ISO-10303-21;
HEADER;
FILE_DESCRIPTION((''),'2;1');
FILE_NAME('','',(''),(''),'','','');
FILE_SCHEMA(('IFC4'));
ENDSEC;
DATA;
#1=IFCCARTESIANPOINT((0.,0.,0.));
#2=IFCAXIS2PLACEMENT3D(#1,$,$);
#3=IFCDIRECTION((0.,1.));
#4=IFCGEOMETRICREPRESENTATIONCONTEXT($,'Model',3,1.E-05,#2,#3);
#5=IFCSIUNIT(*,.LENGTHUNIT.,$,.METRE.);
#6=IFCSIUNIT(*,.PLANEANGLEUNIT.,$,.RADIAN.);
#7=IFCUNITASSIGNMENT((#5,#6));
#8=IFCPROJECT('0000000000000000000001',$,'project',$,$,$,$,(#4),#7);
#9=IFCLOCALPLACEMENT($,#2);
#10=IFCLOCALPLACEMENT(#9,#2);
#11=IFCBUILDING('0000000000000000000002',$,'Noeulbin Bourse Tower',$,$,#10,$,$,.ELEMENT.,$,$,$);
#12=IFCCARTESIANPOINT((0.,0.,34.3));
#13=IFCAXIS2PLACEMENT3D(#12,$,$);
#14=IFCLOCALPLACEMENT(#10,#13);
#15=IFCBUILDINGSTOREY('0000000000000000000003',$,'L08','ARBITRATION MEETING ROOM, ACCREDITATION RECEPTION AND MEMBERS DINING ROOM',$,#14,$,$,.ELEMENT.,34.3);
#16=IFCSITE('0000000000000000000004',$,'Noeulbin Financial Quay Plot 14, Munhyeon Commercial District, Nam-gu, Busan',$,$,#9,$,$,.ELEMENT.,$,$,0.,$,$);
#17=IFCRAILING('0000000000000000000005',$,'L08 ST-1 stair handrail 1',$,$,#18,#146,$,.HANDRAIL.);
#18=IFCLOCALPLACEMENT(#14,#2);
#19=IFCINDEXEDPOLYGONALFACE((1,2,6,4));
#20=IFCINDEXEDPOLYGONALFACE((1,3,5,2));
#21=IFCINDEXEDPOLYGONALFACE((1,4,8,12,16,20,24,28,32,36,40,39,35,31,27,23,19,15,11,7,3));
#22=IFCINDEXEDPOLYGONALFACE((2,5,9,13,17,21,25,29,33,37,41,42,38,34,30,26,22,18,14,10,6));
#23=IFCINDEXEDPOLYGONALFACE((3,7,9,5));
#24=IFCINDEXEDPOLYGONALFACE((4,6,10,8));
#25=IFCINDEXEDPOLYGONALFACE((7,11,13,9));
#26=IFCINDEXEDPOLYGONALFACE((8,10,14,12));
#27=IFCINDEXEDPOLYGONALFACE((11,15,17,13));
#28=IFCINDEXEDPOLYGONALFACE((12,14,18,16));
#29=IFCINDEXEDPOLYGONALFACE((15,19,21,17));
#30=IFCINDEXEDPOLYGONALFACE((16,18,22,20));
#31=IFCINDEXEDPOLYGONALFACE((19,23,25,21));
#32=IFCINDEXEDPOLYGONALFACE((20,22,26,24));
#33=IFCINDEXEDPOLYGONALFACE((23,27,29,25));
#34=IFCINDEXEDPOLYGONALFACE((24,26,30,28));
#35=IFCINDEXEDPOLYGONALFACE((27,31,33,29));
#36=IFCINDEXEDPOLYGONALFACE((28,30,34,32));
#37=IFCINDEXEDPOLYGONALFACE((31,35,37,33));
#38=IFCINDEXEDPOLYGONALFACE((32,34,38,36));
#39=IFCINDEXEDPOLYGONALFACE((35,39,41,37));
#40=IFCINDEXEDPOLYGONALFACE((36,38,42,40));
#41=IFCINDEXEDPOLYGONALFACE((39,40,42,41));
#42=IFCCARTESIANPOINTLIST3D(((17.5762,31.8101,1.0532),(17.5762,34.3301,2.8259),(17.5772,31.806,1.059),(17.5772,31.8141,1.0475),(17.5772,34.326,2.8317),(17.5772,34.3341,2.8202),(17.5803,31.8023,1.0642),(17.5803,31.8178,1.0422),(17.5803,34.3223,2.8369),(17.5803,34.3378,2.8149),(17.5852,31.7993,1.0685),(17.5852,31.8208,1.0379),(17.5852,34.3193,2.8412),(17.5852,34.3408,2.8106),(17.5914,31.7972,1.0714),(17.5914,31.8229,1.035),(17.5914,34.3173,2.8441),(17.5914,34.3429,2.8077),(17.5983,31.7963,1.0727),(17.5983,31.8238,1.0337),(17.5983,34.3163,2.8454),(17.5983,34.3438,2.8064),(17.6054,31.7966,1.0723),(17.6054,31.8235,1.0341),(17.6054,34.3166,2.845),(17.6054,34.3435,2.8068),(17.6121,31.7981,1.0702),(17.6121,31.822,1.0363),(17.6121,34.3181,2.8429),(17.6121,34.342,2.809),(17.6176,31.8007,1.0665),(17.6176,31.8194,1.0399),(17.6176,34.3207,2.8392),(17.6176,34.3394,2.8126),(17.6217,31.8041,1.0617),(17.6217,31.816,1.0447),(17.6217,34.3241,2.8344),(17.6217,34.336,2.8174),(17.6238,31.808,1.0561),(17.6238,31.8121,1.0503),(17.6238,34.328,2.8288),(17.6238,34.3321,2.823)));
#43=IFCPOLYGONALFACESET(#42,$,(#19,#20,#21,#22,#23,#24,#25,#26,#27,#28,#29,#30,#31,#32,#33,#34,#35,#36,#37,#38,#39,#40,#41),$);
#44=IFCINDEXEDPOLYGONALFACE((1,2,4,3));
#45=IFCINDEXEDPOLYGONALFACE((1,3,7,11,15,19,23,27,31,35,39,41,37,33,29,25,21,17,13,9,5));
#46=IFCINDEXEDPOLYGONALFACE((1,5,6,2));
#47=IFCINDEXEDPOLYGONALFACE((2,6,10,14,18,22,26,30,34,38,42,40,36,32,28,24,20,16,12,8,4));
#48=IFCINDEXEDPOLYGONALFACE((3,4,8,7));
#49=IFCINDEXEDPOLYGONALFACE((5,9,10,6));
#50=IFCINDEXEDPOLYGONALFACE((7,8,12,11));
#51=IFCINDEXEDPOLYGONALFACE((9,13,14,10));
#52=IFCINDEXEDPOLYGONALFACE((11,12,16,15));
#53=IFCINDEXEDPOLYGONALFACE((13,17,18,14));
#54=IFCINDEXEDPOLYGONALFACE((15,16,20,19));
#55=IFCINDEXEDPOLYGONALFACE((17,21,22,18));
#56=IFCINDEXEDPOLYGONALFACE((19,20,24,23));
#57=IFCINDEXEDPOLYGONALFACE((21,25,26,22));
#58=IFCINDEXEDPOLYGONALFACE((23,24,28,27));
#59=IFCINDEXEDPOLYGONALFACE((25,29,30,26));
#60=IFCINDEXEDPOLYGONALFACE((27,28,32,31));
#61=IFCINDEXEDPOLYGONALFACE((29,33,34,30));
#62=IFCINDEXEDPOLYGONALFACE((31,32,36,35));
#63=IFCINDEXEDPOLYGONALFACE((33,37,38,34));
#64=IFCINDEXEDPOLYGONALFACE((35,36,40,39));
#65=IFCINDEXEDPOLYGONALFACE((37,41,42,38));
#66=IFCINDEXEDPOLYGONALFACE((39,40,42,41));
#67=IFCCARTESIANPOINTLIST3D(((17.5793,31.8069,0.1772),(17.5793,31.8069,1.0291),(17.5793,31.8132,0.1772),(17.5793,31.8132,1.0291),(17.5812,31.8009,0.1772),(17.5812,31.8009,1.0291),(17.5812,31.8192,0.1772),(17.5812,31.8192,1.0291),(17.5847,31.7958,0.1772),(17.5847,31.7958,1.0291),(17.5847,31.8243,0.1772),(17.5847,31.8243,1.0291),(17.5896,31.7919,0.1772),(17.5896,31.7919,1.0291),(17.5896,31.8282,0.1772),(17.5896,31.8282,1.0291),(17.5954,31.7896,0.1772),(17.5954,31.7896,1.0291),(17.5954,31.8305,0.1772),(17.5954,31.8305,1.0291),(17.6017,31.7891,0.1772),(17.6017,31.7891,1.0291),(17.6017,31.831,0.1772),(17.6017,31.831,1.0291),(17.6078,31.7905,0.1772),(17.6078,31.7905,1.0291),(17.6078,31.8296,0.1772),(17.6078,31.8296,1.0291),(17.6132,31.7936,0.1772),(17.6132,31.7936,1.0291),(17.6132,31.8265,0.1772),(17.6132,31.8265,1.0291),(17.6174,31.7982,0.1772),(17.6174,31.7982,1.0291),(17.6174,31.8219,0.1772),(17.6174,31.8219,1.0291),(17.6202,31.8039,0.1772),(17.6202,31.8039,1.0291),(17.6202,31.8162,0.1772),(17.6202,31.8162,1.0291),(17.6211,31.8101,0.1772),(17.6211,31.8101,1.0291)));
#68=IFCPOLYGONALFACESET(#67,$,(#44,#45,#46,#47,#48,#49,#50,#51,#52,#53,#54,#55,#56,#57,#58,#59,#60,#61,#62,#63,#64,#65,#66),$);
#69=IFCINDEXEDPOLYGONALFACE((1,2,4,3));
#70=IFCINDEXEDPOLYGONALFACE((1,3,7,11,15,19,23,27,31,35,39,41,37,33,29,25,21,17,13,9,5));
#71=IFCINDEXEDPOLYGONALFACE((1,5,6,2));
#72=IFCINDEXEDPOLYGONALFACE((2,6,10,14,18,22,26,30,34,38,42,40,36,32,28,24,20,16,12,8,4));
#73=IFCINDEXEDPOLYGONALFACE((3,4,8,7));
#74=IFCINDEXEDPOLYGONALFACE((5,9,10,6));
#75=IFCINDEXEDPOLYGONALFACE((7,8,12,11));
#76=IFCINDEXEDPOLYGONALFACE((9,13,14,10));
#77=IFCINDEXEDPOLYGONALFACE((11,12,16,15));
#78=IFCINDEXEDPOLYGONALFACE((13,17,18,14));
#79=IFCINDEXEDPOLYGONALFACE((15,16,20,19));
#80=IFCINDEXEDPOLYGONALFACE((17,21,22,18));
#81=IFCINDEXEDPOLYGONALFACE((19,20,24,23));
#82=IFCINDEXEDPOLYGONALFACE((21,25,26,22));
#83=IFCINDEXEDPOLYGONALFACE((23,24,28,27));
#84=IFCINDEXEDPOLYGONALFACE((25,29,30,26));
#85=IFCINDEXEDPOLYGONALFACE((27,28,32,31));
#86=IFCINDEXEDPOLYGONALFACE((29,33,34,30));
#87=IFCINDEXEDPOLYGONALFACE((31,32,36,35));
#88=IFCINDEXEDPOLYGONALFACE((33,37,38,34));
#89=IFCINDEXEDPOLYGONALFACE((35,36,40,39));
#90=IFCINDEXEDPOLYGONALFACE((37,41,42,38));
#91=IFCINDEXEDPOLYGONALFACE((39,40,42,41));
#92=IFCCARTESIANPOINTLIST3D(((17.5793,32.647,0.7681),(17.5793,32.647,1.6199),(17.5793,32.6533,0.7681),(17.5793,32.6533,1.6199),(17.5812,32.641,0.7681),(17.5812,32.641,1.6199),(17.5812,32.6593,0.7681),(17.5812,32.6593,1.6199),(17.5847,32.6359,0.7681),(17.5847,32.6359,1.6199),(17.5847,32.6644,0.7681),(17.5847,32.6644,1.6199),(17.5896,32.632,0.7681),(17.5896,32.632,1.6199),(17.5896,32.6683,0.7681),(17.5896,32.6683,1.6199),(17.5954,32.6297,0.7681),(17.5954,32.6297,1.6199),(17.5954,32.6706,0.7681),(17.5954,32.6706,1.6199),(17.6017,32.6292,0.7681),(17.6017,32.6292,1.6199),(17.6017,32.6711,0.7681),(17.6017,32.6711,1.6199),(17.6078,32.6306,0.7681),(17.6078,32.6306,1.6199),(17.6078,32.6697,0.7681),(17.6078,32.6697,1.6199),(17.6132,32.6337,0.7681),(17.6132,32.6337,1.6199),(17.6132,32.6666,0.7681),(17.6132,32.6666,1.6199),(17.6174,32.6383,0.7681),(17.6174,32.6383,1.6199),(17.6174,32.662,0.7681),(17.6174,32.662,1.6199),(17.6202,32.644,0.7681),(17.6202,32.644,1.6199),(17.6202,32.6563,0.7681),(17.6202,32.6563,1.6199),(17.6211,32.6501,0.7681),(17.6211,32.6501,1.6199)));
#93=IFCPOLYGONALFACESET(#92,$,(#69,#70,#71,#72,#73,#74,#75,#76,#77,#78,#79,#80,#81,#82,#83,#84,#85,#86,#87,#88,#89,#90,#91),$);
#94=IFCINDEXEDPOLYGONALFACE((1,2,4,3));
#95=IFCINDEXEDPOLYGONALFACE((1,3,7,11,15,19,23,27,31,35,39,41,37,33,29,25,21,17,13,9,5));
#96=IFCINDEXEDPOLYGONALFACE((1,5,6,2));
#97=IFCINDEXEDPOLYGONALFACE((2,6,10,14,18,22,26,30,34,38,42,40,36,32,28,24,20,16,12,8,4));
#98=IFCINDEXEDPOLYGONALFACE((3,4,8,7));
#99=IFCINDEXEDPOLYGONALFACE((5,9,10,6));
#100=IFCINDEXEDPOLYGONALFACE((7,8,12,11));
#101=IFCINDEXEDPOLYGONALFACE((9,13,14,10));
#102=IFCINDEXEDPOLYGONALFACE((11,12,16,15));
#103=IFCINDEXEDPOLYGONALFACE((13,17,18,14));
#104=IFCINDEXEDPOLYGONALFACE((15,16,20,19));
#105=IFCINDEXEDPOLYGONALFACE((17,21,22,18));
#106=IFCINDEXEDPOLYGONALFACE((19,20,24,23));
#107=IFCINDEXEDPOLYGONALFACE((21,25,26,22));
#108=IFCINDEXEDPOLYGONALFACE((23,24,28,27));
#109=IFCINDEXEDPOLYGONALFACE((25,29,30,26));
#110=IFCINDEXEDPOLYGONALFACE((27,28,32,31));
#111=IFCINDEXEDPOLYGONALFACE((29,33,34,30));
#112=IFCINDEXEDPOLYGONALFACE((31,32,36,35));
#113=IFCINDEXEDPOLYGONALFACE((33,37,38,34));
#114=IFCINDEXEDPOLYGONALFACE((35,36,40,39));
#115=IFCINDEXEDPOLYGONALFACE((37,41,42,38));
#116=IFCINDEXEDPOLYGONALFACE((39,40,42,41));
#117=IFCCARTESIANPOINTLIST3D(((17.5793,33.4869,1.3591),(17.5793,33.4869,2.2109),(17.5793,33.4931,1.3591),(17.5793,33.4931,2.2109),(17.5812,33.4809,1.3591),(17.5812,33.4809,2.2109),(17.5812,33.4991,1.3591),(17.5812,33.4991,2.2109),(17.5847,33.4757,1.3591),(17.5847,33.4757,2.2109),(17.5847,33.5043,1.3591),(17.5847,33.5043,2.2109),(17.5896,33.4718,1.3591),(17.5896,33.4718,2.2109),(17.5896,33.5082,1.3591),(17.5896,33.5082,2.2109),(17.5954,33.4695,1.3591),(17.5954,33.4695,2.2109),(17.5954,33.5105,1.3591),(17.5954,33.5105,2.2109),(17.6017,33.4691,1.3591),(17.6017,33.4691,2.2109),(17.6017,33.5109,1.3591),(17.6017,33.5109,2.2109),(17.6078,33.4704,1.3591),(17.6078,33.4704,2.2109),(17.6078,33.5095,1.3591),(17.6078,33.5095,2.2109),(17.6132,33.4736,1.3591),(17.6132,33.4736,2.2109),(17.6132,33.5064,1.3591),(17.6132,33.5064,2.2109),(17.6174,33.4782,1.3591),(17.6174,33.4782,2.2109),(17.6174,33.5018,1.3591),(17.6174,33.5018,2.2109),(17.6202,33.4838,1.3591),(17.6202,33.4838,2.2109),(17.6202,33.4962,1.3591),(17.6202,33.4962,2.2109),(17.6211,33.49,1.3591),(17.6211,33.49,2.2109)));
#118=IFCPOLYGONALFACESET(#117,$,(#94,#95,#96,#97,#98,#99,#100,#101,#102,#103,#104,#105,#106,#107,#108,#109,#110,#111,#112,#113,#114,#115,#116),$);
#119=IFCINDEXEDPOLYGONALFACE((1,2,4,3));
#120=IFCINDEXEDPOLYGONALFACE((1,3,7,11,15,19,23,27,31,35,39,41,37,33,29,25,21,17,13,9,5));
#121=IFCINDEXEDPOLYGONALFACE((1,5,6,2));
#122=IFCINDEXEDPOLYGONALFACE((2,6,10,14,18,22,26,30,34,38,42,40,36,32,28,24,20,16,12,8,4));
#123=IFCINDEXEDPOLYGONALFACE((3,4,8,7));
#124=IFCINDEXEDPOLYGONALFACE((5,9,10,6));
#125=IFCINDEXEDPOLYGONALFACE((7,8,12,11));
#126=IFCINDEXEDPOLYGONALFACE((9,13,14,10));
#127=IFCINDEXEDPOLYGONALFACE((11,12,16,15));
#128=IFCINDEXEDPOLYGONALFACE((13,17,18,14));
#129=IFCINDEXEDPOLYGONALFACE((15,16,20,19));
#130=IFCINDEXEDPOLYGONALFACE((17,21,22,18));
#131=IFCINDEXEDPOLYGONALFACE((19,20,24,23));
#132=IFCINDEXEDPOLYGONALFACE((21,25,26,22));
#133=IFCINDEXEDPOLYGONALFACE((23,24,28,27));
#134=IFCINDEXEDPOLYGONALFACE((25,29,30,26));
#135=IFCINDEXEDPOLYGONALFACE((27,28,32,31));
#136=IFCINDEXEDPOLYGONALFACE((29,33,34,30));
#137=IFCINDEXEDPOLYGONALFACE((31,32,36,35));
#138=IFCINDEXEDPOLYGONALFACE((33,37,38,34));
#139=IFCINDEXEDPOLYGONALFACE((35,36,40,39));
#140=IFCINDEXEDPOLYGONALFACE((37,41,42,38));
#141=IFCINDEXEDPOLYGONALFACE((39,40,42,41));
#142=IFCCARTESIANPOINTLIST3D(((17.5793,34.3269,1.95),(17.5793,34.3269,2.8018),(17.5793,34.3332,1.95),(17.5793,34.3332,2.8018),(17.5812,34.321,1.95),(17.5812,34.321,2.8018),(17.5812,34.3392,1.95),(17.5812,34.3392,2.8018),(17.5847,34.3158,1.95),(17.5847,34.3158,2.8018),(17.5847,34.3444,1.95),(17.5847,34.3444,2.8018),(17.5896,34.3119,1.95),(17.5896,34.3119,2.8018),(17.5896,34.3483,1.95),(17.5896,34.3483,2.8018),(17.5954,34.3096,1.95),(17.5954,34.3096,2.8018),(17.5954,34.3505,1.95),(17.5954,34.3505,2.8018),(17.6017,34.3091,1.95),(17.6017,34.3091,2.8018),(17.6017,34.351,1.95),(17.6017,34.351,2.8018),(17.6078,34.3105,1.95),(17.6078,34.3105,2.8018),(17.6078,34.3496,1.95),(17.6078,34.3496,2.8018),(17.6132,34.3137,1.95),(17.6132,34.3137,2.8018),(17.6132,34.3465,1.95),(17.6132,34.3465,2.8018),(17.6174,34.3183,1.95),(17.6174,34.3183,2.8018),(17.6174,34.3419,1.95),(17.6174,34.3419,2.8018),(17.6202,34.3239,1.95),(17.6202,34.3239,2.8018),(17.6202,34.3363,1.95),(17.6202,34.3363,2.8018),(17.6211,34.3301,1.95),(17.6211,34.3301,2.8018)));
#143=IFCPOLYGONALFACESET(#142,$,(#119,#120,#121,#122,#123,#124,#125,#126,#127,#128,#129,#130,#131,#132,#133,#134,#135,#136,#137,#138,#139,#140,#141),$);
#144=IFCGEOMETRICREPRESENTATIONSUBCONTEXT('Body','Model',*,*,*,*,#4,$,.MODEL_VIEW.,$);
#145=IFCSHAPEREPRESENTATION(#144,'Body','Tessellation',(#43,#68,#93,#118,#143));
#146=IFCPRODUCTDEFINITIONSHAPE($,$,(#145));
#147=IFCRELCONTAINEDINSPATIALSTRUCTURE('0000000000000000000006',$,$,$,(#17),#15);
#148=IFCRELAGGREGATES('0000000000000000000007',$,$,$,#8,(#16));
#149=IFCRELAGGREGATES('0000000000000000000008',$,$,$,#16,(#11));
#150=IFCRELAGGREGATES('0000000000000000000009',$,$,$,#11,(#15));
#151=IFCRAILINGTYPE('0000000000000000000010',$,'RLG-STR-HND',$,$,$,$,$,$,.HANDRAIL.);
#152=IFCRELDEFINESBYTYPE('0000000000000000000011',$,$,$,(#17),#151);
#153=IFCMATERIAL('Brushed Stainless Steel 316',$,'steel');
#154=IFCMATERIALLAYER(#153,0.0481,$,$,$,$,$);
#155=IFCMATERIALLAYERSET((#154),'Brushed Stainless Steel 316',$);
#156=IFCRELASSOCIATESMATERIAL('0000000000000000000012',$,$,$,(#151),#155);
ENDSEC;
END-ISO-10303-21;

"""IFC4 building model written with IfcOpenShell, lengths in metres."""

from ifc_helpers import new_model, si_unit, direction, frame, origin, origin_2d, place, context, subcontext, project, spatial, circle, extrude, material, layer, layer_set, type_object, element, save


model = new_model("IFC4")

# Units and contexts
model_context = context("Model", 3, precision=1e-05, world=origin(), true_north=direction((0.0, 1.0)))
body_context = subcontext(model_context, "Body", "Model", "MODEL_VIEW")
ifc_project = project(units=[si_unit("LENGTHUNIT", "METRE"), si_unit("PLANEANGLEUNIT", "RADIAN")], contexts=[model_context])

# Site, building, storey
site_placement = place(None, origin())
site = spatial("IfcSite", under=ifc_project, at=site_placement, Name="Noeulbin Financial Quay Plot 14, Munhyeon Commercial District, Nam-gu, Busan", CompositionType="ELEMENT", RefElevation=0.0)
building_placement = place(site_placement, origin())
building = spatial("IfcBuilding", under=site, at=building_placement, Name="Noeulbin Bourse Tower", CompositionType="ELEMENT")
storey_placement = place(building_placement, frame((0.0, 0.0, 34.3)))
storey = spatial("IfcBuildingStorey", under=building, at=storey_placement, Name="L08", Description="ARBITRATION MEETING ROOM, ACCREDITATION RECEPTION AND MEMBERS DINING ROOM", CompositionType="ELEMENT", Elevation=34.3)

# Shared definitions
ifc_material_1 = material(Name="Brushed Stainless Steel 316", Category="steel")

# Railing
ifc_layer_1 = layer(ifc_material_1, 0.0481)
ifc_layer_set_1 = layer_set([ifc_layer_1], Name="Brushed Stainless Steel 316")
railing_type_1 = type_object("IfcRailingType", Name="RLG-STR-HND", PredefinedType="HANDRAIL", material=ifc_layer_set_1)
railing_1_placement = place(storey_placement, frame((17.6001, 31.8101, 0.1772)))
element("IfcRailing", 1, at=railing_1_placement, inside=storey, type_object=railing_type_1, Name="L08 ST-1 stair handrail 1", PredefinedType="HANDRAIL", context=body_context, shape_type="SweptSolid", body=[
    extrude(circle(Radius=0.0239, at=origin_2d()), frame((0.0, 0.0, 0.876), z_axis=(0.0, 0.817904, 0.575354), x_axis=(-1.0, 0.0, 0.0)), (0.0, 0.0, 1.0), 3.0811),
    extrude(circle(Radius=0.021, at=origin_2d()), origin(), (0.0, 0.0, 1.0), 0.8518),
    extrude(circle(Radius=0.021, at=origin_2d()), frame((0.0, 0.8401, 0.5908)), (0.0, 0.0, 1.0), 0.8518),
    extrude(circle(Radius=0.021, at=origin_2d()), frame((0.0, 1.6799, 1.1819)), (0.0, 0.0, 1.0), 0.8518),
    extrude(circle(Radius=0.021, at=origin_2d()), frame((0.0, 2.52, 1.7727)), (0.0, 0.0, 1.0), 0.8518),
])

save(model, "model.ifc")
